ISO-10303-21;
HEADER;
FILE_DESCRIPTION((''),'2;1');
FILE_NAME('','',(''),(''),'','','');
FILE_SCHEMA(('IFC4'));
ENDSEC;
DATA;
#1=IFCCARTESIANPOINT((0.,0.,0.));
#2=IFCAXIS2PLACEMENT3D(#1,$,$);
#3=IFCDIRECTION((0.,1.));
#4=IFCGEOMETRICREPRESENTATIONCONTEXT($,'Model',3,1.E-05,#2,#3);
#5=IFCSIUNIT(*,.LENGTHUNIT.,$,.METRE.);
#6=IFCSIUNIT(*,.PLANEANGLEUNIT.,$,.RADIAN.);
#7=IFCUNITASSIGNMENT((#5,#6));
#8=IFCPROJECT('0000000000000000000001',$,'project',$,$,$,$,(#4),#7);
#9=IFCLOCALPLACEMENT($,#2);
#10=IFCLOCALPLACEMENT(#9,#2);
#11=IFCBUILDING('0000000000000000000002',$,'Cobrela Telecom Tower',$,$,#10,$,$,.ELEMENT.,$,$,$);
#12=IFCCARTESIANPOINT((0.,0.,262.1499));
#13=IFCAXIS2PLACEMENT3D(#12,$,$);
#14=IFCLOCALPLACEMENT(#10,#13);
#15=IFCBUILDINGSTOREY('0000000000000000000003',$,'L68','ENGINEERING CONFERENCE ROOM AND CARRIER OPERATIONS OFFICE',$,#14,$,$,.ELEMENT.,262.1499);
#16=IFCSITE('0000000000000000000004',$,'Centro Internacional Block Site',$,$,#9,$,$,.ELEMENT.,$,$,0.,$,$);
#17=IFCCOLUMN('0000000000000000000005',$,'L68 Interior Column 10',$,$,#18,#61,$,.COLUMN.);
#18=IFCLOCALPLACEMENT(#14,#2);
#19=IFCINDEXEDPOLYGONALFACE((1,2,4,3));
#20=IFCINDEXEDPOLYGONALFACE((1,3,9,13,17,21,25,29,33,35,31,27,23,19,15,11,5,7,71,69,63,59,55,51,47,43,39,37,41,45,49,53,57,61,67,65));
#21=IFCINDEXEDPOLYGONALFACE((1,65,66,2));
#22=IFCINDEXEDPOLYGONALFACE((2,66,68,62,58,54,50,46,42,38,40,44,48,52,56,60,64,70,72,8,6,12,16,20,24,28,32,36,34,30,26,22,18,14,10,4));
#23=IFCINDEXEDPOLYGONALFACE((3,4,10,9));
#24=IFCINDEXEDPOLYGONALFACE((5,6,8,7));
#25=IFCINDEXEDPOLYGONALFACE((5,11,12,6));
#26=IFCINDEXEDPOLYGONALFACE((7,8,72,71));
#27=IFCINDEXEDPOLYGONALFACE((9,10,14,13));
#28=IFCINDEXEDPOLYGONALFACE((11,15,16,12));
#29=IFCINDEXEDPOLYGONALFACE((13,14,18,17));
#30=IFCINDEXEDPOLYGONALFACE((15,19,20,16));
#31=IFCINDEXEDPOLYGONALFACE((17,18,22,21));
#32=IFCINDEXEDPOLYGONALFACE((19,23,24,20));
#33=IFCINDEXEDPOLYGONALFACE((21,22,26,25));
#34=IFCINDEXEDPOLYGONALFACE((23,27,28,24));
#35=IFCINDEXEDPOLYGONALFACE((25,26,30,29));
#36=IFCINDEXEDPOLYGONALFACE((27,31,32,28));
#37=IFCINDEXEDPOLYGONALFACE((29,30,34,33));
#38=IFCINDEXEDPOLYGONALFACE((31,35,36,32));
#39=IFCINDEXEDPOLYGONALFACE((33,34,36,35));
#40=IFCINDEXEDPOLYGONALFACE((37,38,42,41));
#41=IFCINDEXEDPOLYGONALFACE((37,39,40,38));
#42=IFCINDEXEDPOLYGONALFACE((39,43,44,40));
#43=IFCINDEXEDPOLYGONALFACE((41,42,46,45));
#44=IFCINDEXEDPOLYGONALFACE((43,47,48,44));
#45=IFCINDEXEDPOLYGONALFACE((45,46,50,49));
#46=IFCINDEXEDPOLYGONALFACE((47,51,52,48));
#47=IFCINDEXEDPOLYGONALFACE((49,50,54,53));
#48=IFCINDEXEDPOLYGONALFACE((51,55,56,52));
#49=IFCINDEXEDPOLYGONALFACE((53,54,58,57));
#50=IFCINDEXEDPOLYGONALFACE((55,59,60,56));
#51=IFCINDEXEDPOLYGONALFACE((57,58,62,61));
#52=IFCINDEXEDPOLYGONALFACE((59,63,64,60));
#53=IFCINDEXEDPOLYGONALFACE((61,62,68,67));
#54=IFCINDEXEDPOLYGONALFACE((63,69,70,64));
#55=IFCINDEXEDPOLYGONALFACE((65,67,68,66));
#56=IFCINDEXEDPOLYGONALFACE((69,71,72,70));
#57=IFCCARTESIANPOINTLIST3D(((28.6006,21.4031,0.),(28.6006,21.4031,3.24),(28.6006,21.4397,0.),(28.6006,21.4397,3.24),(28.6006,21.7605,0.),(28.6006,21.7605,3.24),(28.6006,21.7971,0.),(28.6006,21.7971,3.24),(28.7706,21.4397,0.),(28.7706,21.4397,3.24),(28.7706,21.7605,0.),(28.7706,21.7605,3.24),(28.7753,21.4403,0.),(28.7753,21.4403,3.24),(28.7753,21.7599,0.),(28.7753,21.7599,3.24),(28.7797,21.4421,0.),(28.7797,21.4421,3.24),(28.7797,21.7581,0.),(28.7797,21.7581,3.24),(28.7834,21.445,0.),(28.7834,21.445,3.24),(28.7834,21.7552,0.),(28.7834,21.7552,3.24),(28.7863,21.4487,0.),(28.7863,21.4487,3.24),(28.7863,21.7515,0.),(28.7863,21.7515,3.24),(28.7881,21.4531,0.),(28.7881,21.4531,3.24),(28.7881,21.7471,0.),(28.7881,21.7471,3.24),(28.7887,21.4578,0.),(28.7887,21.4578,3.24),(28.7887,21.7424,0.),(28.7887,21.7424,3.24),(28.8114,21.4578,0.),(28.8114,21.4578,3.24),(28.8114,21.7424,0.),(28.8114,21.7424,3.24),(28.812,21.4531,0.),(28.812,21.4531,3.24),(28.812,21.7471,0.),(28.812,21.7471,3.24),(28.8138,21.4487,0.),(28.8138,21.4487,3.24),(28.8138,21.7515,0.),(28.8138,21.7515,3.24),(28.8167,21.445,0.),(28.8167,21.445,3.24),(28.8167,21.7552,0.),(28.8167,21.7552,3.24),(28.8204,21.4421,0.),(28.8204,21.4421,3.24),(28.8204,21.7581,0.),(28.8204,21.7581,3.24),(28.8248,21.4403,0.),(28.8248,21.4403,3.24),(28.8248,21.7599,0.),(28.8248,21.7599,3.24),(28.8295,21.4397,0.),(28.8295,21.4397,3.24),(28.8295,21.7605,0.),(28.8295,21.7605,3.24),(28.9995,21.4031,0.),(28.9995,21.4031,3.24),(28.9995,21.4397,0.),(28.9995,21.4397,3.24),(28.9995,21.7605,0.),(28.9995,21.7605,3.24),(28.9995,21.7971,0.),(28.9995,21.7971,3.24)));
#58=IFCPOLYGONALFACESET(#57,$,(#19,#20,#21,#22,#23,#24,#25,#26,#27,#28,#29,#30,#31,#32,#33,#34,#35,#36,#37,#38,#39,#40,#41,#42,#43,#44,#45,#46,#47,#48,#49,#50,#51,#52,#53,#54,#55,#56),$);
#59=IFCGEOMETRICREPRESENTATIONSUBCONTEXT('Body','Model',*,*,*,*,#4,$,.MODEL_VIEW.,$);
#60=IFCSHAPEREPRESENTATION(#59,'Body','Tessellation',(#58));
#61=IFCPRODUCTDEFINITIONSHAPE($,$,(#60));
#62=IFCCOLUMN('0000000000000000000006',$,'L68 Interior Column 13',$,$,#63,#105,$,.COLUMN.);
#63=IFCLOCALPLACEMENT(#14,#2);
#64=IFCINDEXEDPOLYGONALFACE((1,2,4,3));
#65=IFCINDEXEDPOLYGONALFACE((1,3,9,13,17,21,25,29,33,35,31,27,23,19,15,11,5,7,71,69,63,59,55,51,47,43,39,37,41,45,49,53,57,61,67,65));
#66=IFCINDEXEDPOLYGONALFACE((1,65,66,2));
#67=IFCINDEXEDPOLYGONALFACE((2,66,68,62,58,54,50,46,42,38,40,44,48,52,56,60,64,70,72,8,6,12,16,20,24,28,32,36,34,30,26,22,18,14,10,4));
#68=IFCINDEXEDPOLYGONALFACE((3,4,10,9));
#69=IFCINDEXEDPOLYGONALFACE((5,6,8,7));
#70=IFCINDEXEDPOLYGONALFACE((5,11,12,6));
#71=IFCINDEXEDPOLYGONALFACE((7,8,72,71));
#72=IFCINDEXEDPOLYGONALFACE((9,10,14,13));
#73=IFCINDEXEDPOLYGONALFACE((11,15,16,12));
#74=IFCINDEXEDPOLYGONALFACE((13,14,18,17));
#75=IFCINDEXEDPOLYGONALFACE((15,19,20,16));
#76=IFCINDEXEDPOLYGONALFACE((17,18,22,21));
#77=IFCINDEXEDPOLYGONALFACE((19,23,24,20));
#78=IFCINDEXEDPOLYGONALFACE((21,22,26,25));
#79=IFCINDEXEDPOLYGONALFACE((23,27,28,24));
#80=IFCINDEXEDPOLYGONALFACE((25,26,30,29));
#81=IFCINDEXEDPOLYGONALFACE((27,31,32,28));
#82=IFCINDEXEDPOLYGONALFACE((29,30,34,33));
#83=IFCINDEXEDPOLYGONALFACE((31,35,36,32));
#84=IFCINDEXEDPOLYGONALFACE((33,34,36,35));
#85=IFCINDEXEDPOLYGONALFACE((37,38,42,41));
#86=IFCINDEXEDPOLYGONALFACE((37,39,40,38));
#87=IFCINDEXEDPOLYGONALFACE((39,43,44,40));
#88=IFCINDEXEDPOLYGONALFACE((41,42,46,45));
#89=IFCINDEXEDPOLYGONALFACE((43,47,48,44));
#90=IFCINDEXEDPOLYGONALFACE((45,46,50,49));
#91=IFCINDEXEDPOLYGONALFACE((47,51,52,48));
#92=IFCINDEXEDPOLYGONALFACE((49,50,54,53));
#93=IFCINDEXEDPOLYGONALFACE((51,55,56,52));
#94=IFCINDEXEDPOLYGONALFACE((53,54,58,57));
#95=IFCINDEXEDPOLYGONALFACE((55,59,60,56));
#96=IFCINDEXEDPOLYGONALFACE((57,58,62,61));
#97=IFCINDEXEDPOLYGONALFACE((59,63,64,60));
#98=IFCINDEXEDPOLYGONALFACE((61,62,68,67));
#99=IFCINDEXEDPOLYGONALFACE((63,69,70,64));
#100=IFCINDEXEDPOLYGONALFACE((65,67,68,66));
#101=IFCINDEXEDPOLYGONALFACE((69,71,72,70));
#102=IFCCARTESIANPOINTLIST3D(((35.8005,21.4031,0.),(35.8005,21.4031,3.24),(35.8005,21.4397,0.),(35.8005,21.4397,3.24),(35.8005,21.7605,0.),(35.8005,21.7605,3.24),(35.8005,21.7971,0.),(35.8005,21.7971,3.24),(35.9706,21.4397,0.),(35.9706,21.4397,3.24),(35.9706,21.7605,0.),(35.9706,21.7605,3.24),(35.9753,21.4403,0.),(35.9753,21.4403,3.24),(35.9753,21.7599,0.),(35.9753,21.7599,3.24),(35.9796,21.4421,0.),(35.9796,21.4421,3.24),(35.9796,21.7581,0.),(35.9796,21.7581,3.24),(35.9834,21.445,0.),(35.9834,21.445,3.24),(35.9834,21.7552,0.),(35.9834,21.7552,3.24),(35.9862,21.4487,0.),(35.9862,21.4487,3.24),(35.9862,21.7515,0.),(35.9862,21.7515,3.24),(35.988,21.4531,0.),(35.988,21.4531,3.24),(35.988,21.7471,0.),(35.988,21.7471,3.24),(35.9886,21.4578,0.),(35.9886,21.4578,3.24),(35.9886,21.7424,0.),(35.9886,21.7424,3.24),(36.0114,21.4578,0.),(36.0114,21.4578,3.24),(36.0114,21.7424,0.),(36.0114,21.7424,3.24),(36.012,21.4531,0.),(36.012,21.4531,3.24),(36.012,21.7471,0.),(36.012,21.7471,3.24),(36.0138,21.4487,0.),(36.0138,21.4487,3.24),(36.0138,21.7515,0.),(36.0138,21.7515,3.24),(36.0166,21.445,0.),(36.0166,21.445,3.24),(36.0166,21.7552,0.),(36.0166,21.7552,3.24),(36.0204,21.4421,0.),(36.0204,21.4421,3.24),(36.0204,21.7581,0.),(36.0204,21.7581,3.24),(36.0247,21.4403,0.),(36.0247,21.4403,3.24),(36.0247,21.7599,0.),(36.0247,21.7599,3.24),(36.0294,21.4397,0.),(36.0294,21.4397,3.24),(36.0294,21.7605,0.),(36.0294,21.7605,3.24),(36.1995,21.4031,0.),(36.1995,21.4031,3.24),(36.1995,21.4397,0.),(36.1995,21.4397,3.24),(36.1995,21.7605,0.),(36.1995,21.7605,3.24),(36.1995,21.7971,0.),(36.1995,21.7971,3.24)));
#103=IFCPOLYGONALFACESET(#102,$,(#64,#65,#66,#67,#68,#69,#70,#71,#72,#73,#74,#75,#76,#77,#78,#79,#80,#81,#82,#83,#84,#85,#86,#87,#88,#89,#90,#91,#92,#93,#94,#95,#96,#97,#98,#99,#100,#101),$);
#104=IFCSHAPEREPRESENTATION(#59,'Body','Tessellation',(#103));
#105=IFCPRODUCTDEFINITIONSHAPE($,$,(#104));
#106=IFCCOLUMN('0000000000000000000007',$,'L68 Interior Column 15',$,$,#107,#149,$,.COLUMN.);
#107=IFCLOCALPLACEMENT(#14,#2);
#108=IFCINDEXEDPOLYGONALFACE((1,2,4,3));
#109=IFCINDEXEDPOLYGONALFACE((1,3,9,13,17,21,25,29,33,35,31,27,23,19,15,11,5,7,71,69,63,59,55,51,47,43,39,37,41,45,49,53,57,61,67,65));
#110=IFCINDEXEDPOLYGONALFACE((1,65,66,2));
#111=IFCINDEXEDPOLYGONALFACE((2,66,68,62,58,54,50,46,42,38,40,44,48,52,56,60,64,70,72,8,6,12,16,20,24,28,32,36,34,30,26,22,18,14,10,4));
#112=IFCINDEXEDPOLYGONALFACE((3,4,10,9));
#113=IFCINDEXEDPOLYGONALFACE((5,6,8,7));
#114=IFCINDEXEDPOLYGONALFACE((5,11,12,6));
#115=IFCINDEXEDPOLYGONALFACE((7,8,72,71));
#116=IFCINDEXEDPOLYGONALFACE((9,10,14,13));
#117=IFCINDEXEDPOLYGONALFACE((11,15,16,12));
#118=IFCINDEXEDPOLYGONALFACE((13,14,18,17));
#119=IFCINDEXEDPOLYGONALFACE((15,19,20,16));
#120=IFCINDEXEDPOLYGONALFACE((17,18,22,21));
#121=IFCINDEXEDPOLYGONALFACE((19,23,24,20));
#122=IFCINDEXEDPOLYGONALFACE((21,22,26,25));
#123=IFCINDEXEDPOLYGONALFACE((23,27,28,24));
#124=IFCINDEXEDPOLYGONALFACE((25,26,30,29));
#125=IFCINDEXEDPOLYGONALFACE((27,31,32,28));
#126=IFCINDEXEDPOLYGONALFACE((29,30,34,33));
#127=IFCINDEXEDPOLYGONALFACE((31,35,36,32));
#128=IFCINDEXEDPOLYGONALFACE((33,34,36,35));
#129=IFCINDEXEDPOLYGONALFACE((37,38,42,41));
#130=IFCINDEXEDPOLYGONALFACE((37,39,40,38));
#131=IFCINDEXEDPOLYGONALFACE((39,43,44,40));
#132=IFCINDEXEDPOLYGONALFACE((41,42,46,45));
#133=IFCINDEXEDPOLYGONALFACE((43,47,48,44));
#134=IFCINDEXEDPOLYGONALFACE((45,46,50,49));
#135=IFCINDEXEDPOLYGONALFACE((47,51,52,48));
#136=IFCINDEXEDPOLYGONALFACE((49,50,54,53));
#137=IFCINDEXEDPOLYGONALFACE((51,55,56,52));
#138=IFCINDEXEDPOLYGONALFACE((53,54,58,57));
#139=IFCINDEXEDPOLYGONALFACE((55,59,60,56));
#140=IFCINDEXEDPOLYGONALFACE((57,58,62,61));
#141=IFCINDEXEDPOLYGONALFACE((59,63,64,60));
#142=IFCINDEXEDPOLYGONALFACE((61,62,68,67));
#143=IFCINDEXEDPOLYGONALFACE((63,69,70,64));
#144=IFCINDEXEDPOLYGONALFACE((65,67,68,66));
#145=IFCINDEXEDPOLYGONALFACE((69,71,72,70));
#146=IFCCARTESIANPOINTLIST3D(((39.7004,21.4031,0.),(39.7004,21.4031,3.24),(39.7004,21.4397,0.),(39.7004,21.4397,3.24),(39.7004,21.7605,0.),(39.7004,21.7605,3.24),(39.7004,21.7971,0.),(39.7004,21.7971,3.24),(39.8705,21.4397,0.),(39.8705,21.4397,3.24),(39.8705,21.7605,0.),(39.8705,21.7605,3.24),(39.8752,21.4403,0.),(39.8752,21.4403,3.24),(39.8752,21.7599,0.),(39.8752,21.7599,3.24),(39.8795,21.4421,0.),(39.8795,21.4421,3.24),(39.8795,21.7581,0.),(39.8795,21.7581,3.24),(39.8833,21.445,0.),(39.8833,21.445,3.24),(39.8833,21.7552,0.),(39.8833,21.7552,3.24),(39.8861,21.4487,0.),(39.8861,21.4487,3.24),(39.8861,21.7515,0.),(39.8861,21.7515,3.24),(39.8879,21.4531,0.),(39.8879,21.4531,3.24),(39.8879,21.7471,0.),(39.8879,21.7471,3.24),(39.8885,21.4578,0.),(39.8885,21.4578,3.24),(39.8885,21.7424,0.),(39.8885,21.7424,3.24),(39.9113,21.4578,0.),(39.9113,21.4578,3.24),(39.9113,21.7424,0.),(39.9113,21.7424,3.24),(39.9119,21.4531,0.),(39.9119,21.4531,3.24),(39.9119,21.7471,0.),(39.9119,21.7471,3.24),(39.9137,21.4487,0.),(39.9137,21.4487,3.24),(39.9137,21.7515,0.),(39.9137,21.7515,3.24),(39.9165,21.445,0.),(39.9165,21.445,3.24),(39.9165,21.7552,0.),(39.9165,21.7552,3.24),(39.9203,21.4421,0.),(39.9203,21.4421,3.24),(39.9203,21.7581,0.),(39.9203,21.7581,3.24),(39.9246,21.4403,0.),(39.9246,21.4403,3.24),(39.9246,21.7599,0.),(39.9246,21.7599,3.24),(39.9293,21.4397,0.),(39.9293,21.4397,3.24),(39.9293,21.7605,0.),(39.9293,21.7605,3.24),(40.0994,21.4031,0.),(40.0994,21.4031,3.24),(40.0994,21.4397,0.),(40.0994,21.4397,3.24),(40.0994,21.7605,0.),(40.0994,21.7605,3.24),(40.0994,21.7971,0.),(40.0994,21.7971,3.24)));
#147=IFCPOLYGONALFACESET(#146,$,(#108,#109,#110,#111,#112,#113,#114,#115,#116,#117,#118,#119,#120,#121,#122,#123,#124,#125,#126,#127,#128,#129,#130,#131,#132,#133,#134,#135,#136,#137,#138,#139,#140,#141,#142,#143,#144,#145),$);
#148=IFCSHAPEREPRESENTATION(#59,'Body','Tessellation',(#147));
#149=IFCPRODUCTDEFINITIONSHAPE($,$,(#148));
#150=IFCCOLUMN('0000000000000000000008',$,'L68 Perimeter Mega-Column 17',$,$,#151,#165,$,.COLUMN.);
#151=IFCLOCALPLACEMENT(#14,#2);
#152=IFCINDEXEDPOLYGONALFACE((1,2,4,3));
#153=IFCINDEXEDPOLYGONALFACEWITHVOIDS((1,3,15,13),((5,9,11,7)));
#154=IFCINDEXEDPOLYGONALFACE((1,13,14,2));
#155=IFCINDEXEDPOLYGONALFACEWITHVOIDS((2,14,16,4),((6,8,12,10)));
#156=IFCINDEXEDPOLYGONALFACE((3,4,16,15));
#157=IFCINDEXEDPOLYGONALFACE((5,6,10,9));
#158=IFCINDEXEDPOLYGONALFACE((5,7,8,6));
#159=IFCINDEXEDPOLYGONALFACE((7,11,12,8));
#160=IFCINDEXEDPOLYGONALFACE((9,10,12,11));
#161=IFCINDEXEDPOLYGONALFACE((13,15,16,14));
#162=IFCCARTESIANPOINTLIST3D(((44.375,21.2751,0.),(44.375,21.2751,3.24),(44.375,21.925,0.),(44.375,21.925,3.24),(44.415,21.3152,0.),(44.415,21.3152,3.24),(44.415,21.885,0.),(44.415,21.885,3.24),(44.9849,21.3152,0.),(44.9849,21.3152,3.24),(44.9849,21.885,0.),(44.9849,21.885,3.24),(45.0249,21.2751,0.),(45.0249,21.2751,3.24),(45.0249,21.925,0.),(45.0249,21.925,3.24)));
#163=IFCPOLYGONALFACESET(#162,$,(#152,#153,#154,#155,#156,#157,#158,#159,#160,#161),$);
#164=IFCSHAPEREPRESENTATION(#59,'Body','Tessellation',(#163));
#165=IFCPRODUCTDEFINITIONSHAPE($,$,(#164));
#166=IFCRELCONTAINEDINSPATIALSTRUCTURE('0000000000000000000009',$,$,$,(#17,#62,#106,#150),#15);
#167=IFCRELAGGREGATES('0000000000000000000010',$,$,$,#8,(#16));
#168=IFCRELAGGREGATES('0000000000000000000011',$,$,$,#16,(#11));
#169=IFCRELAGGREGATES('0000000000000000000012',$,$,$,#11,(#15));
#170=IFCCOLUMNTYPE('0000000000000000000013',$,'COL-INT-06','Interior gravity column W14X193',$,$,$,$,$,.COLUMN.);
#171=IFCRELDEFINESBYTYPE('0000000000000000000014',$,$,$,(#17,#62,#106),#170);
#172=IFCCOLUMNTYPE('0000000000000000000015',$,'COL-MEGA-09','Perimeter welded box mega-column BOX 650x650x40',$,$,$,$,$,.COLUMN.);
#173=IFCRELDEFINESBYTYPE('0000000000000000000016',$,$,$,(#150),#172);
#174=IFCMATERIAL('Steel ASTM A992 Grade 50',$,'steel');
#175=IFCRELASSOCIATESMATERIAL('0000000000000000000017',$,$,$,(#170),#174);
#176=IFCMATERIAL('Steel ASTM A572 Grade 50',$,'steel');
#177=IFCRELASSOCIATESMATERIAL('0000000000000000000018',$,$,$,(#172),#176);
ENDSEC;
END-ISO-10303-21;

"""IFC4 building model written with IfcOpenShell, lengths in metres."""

from ifc_helpers import new_model, si_unit, direction, frame, origin, origin_2d, place, context, subcontext, project, spatial, hollow_rectangle, i_section, extrude, material, material_profile, profile_set, type_object, element, save


model = new_model("IFC4")

# Units and contexts
model_context = context("Model", 3, precision=1e-05, world=origin(), true_north=direction((0.0, 1.0)))
body_context = subcontext(model_context, "Body", "Model", "MODEL_VIEW")
ifc_project = project(units=[si_unit("LENGTHUNIT", "METRE"), si_unit("PLANEANGLEUNIT", "RADIAN")], contexts=[model_context])

# Site, building, storey
site_placement = place(None, origin())
site = spatial("IfcSite", under=ifc_project, at=site_placement, Name="Centro Internacional Block Site", CompositionType="ELEMENT", RefElevation=0.0)
building_placement = place(site_placement, origin())
building = spatial("IfcBuilding", under=site, at=building_placement, Name="Cobrela Telecom Tower", CompositionType="ELEMENT")
storey_placement = place(building_placement, frame((0.0, 0.0, 262.1499)))
storey = spatial("IfcBuildingStorey", under=building, at=storey_placement, Name="L68", Description="ENGINEERING CONFERENCE ROOM AND CARRIER OPERATIONS OFFICE", CompositionType="ELEMENT", Elevation=262.1499)

# Columns
ifc_material_1 = material(Name="Steel ASTM A992 Grade 50", Category="steel")
ifc_material_profile_1 = material_profile(ifc_material_1, i_section(OverallWidth=0.3989, OverallDepth=0.394, WebThickness=0.0227, FlangeThickness=0.0366, FilletRadius=0.0181, at=origin_2d()), Name="W14X193")
ifc_profile_set_1 = profile_set([ifc_material_profile_1], Name="Steel ASTM A992 Grade 50")
column_type_1 = type_object("IfcColumnType", Name="COL-INT-06", Description="Interior gravity column W14X193", PredefinedType="COLUMN", material=ifc_profile_set_1)
for number, where, z_axis, x_axis, name in (
    (1, (28.8, 21.6001, 0.0), (0.0, 0.0, 1.0), (1.0, 0.0, 0.0), "L68 Interior Column 10"),
    (2, (36.0, 21.6001, 0.0), (0.0, 0.0, 1.0), (1.0, 0.0, 0.0), "L68 Interior Column 13"),
    (3, (39.8999, 21.6001, 0.0), (0.0, 0.0, 1.0), (1.0, 0.0, 0.0), "L68 Interior Column 15"),
):
    element("IfcColumn", number, at=place(storey_placement, frame(where, z_axis=z_axis, x_axis=x_axis)), inside=storey, type_object=column_type_1, Name=name, PredefinedType="COLUMN", context=body_context, shape_type="SweptSolid", body=[
        extrude(i_section(OverallWidth=0.3989, OverallDepth=0.394, WebThickness=0.0227, FlangeThickness=0.0366, FilletRadius=0.0181, at=origin_2d()), origin(), (0.0, 0.0, 1.0), 3.24),
    ])
ifc_material_2 = material(Name="Steel ASTM A572 Grade 50", Category="steel")
ifc_material_profile_2 = material_profile(ifc_material_2, hollow_rectangle(XDim=0.6499, YDim=0.6499, WallThickness=0.04, at=origin_2d()), Name="BOX 650x650x40")
ifc_profile_set_2 = profile_set([ifc_material_profile_2], Name="Steel ASTM A572 Grade 50")
column_type_2 = type_object("IfcColumnType", Name="COL-MEGA-09", Description="Perimeter welded box mega-column BOX 650x650x40", PredefinedType="COLUMN", material=ifc_profile_set_2)
column_placement = place(storey_placement, frame((44.7, 21.6001, 0.0), z_axis=(0.0, 0.0, 1.0), x_axis=(1.0, 0.0, 0.0)))
element("IfcColumn", 4, at=column_placement, inside=storey, type_object=column_type_2, Name="L68 Perimeter Mega-Column 17", PredefinedType="COLUMN", context=body_context, shape_type="SweptSolid", body=[
    extrude(hollow_rectangle(XDim=0.6499, YDim=0.6499, WallThickness=0.04, at=origin_2d()), origin(), (0.0, 0.0, 1.0), 3.24),
])

save(model, "model.ifc")
